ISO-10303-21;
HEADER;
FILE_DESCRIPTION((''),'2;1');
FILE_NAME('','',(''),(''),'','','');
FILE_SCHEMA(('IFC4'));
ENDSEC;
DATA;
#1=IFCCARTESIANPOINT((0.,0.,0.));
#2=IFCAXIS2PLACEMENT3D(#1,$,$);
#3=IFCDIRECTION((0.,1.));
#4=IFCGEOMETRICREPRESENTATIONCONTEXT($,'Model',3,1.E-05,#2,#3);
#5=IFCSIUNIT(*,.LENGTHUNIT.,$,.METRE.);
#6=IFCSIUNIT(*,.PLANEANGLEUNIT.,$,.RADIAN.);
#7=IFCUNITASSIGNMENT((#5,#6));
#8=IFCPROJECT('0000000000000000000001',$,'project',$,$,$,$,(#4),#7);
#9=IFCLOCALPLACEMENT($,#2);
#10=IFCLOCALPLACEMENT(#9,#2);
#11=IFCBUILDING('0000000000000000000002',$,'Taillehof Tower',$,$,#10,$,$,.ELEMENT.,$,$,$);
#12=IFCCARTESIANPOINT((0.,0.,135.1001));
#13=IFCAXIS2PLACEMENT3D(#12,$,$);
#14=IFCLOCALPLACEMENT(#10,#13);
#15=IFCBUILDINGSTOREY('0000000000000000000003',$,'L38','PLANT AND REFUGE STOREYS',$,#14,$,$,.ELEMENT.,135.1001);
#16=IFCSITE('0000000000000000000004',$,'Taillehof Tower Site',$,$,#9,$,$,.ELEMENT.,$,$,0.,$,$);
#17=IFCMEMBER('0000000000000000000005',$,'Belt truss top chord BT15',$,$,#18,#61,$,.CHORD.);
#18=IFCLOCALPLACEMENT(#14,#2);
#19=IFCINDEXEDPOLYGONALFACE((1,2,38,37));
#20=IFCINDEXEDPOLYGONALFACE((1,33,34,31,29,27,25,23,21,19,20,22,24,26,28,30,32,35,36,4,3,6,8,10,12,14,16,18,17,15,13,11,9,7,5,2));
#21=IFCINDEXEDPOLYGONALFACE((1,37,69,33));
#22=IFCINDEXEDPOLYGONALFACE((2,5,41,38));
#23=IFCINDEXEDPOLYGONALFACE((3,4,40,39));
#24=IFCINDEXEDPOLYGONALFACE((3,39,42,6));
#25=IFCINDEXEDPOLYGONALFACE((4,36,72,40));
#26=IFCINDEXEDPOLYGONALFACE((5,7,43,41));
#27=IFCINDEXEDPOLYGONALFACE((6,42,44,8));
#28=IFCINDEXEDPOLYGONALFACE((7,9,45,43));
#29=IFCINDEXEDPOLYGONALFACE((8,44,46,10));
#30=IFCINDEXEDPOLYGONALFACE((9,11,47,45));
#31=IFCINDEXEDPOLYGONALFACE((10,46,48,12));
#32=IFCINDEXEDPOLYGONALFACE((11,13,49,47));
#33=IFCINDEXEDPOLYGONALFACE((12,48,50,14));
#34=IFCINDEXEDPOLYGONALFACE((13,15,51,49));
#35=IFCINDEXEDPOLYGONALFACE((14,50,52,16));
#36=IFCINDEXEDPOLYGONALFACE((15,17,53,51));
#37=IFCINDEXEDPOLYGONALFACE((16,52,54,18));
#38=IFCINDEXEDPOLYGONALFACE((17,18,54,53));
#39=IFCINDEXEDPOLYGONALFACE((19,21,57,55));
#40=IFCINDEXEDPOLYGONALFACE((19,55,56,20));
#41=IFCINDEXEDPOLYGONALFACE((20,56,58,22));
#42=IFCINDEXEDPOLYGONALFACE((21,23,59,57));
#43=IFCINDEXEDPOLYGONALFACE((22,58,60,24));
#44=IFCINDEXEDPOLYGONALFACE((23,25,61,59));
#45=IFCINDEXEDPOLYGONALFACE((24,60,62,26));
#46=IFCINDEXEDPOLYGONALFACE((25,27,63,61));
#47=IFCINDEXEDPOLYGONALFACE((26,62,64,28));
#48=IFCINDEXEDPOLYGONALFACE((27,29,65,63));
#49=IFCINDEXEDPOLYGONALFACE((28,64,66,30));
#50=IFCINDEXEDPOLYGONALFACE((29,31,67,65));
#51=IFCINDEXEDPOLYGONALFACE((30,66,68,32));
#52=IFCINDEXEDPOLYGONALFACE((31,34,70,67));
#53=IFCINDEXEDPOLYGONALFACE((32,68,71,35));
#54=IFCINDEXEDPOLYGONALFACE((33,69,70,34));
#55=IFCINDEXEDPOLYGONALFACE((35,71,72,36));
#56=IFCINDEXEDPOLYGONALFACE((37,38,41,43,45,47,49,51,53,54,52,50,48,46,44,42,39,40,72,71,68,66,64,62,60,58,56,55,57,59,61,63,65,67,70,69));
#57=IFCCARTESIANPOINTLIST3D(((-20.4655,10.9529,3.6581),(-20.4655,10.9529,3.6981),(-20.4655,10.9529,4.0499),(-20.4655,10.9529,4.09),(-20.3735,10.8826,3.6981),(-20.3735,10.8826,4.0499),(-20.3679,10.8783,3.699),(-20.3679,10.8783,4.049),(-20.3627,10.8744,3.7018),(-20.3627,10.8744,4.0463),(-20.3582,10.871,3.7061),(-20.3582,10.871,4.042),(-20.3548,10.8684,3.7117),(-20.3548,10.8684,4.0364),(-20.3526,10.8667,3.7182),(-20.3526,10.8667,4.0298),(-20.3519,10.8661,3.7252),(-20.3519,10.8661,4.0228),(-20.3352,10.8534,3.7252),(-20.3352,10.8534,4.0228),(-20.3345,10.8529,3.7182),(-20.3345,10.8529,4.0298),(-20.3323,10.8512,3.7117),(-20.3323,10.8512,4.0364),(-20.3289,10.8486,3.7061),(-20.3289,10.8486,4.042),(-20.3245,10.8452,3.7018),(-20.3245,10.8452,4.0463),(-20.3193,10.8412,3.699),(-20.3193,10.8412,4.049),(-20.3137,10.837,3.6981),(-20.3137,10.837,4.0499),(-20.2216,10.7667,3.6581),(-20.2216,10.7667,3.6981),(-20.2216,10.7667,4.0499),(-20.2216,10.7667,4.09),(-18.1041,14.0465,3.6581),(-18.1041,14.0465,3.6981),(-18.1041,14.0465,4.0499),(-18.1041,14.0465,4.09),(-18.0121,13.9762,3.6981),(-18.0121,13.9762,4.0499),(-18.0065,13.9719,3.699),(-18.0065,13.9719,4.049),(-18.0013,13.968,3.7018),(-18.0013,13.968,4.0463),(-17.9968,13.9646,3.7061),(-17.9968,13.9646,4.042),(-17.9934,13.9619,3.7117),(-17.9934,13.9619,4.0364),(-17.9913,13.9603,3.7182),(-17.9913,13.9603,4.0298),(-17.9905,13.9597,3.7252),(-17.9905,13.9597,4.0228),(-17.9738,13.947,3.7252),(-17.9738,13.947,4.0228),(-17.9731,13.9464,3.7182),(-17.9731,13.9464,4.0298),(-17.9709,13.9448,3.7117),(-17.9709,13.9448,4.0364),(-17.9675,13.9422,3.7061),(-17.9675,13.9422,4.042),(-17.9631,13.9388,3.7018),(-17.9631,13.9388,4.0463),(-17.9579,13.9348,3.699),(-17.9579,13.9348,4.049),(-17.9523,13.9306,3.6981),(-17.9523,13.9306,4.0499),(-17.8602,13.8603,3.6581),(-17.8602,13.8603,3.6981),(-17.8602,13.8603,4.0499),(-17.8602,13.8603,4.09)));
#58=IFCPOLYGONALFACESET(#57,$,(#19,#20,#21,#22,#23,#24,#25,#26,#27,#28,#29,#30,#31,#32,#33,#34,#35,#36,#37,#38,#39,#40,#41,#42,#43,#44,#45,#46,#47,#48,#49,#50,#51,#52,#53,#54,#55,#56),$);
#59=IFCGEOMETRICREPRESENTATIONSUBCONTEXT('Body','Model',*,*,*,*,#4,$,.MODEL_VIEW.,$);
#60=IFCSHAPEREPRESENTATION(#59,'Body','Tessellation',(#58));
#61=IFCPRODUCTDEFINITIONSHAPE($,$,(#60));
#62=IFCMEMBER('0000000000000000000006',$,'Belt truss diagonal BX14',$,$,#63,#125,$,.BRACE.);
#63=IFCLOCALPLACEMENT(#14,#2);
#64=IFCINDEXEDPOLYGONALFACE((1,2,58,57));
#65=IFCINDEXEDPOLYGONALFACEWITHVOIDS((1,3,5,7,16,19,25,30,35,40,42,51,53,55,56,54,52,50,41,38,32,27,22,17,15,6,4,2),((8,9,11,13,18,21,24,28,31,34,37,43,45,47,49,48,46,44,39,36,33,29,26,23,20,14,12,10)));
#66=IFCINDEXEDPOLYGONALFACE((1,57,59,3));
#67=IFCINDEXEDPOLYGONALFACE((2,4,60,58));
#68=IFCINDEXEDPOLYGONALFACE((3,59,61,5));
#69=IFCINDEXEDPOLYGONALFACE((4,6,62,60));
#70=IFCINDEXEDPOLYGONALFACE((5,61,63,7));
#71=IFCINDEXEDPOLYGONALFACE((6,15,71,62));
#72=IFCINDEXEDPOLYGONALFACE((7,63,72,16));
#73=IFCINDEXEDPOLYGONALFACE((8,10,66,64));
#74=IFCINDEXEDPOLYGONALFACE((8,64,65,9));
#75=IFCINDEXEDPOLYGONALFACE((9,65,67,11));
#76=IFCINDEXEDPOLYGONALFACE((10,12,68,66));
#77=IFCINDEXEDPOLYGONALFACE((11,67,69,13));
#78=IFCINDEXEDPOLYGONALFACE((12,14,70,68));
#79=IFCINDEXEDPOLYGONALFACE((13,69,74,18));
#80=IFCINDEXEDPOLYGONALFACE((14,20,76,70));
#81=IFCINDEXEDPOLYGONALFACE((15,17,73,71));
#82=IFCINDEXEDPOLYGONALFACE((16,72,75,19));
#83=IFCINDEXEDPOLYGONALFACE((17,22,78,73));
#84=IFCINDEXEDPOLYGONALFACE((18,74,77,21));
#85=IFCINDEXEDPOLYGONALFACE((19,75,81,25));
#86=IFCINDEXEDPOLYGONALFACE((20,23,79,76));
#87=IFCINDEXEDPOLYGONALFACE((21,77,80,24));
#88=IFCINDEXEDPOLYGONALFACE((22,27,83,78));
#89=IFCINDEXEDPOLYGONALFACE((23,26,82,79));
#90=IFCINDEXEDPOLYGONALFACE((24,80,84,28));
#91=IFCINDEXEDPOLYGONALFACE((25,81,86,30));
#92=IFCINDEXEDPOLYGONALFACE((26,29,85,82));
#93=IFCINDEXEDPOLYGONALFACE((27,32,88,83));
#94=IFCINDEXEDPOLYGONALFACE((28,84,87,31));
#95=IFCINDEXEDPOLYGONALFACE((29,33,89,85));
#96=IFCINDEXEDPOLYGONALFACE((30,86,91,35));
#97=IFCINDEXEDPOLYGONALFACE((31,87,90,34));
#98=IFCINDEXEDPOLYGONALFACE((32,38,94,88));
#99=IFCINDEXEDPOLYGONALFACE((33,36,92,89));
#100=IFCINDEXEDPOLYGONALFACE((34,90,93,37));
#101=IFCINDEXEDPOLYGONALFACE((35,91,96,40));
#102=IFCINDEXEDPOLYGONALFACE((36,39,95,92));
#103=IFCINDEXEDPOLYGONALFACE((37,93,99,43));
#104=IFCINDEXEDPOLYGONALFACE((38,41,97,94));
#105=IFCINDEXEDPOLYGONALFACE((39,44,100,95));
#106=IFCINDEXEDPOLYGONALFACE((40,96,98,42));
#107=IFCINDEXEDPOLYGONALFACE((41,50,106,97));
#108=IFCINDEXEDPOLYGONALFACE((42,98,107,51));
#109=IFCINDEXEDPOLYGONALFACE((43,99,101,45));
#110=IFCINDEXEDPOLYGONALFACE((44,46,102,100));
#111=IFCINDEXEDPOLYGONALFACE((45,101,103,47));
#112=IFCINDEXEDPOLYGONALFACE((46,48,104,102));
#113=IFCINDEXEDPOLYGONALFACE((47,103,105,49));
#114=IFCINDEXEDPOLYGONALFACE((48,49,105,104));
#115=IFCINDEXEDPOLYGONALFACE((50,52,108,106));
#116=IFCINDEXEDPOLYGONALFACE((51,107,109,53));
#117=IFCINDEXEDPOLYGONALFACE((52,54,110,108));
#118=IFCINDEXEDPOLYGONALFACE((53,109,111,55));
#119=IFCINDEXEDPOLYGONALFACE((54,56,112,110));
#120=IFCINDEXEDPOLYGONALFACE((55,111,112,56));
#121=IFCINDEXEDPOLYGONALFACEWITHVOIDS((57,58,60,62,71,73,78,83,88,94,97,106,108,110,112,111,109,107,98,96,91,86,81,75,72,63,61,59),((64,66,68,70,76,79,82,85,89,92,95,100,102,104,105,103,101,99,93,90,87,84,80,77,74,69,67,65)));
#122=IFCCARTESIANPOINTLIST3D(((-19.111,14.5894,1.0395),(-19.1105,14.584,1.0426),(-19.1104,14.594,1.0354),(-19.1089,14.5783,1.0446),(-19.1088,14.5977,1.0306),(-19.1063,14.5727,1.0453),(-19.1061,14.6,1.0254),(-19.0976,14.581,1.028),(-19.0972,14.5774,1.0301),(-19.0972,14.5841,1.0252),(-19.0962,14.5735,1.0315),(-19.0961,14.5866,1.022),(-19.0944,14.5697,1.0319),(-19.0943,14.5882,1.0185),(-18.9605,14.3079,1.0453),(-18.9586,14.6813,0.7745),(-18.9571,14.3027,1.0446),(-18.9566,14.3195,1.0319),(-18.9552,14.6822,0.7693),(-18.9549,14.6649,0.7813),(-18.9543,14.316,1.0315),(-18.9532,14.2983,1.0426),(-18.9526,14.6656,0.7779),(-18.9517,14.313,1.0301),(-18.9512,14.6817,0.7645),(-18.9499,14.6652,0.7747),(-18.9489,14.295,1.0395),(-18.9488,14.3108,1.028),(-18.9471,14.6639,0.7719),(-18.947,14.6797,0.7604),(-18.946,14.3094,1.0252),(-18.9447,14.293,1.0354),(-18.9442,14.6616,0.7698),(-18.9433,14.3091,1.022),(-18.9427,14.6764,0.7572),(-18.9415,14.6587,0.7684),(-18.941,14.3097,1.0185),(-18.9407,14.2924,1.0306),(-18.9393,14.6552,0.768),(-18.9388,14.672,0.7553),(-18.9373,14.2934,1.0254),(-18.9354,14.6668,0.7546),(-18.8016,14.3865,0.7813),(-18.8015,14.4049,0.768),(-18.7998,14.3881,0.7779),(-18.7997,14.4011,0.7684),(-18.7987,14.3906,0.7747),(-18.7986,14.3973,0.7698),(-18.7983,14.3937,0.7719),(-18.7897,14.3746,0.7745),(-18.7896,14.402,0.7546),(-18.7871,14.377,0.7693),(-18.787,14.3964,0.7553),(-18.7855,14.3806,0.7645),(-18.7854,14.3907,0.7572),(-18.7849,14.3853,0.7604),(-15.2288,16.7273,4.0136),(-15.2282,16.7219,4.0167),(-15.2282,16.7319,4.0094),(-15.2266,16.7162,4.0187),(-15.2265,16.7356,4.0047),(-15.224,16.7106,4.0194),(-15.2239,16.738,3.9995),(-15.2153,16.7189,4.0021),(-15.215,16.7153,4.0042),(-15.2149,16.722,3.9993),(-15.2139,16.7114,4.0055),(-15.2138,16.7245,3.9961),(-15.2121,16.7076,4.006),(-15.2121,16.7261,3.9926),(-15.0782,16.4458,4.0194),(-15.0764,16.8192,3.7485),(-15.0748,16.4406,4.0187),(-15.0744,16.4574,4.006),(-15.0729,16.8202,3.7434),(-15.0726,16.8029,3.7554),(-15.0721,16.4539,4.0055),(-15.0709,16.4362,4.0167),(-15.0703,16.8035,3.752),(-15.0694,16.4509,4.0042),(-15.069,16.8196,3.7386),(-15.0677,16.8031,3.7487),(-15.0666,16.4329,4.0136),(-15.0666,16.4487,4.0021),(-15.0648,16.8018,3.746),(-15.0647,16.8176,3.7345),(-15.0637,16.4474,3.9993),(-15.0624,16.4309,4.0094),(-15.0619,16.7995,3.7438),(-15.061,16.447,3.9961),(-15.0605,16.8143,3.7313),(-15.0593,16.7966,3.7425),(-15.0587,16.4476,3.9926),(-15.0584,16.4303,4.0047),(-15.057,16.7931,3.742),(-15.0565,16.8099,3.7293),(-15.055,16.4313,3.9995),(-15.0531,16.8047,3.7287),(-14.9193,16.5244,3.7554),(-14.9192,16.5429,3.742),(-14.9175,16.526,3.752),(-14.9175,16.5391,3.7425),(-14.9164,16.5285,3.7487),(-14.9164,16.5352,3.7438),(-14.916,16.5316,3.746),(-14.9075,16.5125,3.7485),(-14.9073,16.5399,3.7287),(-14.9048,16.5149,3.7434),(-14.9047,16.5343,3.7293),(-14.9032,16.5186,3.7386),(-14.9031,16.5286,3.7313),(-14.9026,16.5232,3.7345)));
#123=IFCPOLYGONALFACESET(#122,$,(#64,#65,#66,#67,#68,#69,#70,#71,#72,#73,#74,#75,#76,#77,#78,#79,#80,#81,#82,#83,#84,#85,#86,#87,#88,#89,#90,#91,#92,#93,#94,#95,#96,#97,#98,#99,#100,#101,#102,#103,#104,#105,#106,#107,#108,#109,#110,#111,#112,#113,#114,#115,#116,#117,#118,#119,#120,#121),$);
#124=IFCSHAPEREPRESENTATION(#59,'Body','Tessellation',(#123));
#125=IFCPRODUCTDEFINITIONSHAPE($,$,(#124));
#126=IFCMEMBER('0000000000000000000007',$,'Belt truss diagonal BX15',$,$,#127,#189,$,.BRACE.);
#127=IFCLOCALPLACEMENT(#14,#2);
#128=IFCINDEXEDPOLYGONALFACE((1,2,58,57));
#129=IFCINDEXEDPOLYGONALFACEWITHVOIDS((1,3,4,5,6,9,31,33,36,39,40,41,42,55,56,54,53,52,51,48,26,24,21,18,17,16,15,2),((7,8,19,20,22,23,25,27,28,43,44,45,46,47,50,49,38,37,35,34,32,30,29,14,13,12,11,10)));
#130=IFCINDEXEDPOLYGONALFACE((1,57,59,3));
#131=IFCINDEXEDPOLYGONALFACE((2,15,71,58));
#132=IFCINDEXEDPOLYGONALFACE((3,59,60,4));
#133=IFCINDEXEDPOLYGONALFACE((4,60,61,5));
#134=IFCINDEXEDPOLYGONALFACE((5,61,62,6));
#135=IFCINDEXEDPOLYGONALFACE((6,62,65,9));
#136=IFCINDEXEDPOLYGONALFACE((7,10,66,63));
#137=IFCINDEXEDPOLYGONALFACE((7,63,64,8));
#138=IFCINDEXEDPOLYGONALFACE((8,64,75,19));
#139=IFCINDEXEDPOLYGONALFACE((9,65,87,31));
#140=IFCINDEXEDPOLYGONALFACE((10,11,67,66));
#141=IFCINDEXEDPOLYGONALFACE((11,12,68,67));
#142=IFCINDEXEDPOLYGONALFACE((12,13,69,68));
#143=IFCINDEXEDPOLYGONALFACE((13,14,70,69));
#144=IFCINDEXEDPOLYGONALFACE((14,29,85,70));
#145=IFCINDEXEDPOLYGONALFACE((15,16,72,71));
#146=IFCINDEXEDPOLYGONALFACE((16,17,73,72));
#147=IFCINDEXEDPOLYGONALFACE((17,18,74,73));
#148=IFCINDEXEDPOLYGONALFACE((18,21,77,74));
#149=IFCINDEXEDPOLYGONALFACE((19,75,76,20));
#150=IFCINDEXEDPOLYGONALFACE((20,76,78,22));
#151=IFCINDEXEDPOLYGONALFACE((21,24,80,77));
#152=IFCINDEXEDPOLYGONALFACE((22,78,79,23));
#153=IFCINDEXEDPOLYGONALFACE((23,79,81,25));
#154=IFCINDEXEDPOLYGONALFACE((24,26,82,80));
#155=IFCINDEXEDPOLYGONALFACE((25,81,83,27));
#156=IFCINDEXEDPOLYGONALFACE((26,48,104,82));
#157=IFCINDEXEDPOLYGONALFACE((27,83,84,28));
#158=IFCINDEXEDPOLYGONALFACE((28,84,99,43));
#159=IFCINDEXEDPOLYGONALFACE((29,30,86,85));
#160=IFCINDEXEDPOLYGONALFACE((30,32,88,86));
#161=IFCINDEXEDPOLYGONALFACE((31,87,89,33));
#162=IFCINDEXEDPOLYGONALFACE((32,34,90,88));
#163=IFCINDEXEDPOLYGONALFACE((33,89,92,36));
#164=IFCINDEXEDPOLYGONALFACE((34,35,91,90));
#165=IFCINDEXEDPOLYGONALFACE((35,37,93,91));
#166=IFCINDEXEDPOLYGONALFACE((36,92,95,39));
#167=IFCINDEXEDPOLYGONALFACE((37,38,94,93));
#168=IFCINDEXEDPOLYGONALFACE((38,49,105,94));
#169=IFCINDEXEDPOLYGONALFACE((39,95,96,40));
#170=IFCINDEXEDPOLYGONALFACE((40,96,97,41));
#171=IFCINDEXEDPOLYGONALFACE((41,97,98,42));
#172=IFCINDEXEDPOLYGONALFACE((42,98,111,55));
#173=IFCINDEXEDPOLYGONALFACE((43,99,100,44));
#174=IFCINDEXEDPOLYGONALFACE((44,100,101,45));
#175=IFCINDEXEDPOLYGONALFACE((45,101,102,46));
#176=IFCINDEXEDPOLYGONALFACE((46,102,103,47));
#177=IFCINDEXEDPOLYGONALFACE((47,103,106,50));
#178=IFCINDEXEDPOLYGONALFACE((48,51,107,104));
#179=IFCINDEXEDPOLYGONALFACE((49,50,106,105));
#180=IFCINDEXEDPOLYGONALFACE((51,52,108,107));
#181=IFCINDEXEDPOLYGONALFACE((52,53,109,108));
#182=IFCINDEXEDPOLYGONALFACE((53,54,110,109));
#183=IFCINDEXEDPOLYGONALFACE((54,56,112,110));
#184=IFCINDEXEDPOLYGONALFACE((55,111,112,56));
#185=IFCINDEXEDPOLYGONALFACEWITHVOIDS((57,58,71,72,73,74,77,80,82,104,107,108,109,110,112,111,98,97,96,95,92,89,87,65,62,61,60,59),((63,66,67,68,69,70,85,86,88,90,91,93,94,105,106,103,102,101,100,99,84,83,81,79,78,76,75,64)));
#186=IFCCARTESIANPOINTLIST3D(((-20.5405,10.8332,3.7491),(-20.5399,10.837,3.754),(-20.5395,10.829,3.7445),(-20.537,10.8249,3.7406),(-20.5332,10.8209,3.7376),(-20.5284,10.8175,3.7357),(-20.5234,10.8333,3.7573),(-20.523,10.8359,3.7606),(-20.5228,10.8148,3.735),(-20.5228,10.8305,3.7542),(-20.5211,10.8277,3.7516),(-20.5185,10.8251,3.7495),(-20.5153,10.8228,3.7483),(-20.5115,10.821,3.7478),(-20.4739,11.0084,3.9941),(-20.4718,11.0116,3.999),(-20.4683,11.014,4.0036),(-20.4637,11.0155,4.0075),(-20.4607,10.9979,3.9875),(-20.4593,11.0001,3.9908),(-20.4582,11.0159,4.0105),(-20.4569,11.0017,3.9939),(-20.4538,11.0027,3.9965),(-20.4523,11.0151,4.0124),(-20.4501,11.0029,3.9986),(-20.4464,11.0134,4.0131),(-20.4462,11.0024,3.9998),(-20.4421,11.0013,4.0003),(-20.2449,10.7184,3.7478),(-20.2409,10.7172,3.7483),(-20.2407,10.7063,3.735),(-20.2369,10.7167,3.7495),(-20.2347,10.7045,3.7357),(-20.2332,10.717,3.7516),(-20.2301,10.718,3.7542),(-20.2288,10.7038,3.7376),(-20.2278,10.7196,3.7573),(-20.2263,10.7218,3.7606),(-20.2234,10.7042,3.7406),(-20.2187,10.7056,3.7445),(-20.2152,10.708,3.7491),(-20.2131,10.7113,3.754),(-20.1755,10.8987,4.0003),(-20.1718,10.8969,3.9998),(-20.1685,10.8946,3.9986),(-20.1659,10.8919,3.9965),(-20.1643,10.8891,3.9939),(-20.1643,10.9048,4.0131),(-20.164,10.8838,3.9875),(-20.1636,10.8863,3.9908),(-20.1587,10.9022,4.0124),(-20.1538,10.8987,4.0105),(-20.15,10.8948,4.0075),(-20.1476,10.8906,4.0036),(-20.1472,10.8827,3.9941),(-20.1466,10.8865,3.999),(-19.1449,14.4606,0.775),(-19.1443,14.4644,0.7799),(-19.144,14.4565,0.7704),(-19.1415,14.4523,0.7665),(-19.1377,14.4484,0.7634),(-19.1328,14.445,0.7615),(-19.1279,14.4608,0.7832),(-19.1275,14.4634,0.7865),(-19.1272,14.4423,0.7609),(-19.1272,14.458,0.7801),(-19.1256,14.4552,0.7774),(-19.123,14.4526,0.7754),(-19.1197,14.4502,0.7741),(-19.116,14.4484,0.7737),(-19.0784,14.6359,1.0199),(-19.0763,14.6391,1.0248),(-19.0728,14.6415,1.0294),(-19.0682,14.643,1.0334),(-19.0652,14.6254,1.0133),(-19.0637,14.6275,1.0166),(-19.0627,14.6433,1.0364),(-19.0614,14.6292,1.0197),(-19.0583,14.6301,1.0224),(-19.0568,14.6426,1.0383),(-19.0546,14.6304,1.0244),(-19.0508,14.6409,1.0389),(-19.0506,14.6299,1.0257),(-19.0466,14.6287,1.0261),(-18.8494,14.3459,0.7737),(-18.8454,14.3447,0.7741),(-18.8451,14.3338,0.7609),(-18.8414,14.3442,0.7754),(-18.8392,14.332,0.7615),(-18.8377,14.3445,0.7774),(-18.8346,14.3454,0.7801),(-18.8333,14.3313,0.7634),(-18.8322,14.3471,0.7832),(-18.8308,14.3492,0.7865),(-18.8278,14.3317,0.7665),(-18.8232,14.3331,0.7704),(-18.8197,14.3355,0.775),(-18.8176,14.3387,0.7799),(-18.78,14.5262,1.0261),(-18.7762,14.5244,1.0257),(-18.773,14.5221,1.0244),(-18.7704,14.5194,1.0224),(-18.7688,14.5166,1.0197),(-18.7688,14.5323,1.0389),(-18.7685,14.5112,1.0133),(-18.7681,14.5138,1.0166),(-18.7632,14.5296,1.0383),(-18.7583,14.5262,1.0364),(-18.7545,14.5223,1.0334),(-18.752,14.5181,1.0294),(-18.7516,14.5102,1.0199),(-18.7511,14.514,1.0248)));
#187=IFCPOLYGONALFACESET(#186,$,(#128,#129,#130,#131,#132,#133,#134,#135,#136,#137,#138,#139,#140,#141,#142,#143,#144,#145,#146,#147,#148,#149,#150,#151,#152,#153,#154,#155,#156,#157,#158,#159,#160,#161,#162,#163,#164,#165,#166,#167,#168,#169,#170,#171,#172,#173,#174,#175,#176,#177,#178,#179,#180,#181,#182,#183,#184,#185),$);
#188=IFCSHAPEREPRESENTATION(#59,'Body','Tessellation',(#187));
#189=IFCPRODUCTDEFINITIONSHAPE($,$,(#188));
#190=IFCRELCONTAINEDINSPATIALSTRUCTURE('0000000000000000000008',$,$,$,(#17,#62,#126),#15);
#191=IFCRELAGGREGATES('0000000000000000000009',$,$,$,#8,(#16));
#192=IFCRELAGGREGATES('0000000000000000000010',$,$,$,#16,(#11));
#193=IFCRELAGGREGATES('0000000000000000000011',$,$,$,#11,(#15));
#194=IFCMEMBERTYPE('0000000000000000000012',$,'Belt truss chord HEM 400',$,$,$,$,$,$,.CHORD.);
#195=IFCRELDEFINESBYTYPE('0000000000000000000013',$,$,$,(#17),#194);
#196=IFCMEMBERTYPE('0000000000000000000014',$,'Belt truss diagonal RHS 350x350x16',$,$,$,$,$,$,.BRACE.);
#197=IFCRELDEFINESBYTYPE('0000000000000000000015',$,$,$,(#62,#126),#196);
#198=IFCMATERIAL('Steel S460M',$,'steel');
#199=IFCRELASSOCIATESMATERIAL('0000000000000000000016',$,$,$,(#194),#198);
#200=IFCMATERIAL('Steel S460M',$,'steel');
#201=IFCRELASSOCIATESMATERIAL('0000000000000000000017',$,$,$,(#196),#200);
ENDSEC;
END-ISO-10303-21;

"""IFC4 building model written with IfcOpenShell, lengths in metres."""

from ifc_helpers import new_model, si_unit, direction, frame, origin, origin_2d, place, context, subcontext, project, spatial, hollow_rectangle, i_section, extrude, material, material_profile, profile_set, type_object, element, save


model = new_model("IFC4")

# Units and contexts
model_context = context("Model", 3, precision=1e-05, world=origin(), true_north=direction((0.0, 1.0)))
body_context = subcontext(model_context, "Body", "Model", "MODEL_VIEW")
ifc_project = project(units=[si_unit("LENGTHUNIT", "METRE"), si_unit("PLANEANGLEUNIT", "RADIAN")], contexts=[model_context])

# Site, building, storey
site_placement = place(None, origin())
site = spatial("IfcSite", under=ifc_project, at=site_placement, Name="Taillehof Tower Site", CompositionType="ELEMENT", RefElevation=0.0)
building_placement = place(site_placement, origin())
building = spatial("IfcBuilding", under=site, at=building_placement, Name="Taillehof Tower", CompositionType="ELEMENT")
storey_placement = place(building_placement, frame((0.0, 0.0, 135.1001)))
storey = spatial("IfcBuildingStorey", under=building, at=storey_placement, Name="L38", Description="PLANT AND REFUGE STOREYS", CompositionType="ELEMENT", Elevation=135.1001)

# Members
ifc_material_1 = material(Name="Steel S460M", Category="steel")
ifc_material_profile_1 = material_profile(ifc_material_1, i_section(OverallWidth=0.3069, OverallDepth=0.4319, WebThickness=0.021, FlangeThickness=0.04, FilletRadius=0.0271, at=origin_2d()), Name="HEM 400")
ifc_profile_set_1 = profile_set([ifc_material_profile_1], Name="Steel S460M")
member_type_1 = type_object("IfcMemberType", Name="Belt truss chord HEM 400", PredefinedType="CHORD", material=ifc_profile_set_1)
member_1_placement = place(storey_placement, frame((-17.9822, 13.9534, 3.874), z_axis=(-0.606754, -0.79489, 0.0), x_axis=(0.79489, -0.606754, 0.0)))
element("IfcMember", 1, at=member_1_placement, inside=storey, type_object=member_type_1, Name="Belt truss top chord BT15", PredefinedType="CHORD", context=body_context, shape_type="SweptSolid", body=[
    extrude(i_section(OverallWidth=0.3069, OverallDepth=0.4319, WebThickness=0.021, FlangeThickness=0.04, FilletRadius=0.0271, at=origin_2d()), origin(), (0.0, 0.0, 1.0), 3.8918),
])
ifc_material_2 = material(Name="Steel S460M", Category="steel")
ifc_material_profile_2 = material_profile(ifc_material_2, hollow_rectangle(XDim=0.3501, YDim=0.3501, WallThickness=0.0161, InnerFilletRadius=0.0161, OuterFilletRadius=0.0239, at=origin_2d()), Name="RHS 350x350x16")
ifc_profile_set_2 = profile_set([ifc_material_profile_2], Name="Steel S460M")
member_type_2 = type_object("IfcMemberType", Name="Belt truss diagonal RHS 350x350x16", PredefinedType="BRACE", material=ifc_profile_set_2)
member_2_placement = place(storey_placement, frame((-15.0657, 16.6252, 3.874), z_axis=(-0.727371, -0.400553, -0.557215), x_axis=(0.48238, -0.875962, 0.0)))
element("IfcMember", 2, at=member_2_placement, inside=storey, type_object=member_type_2, Name="Belt truss diagonal BX14", PredefinedType="BRACE", context=body_context, shape_type="SweptSolid", body=[
    extrude(hollow_rectangle(XDim=0.3501, YDim=0.3501, WallThickness=0.0161, InnerFilletRadius=0.0161, OuterFilletRadius=0.0239, at=origin_2d()), origin(), (0.0, 0.0, 1.0), 5.3374),
])
member_3_placement = place(storey_placement, frame((-18.948, 14.4873, 0.8999), z_axis=(-0.285147, -0.741203, 0.607708), x_axis=(0.933316, -0.359055, 0.0)))
element("IfcMember", 3, at=member_3_placement, inside=storey, type_object=member_type_2, Name="Belt truss diagonal BX15", PredefinedType="BRACE", context=body_context, shape_type="SweptSolid", body=[
    extrude(hollow_rectangle(XDim=0.3501, YDim=0.3501, WallThickness=0.0161, InnerFilletRadius=0.0161, OuterFilletRadius=0.0239, at=origin_2d()), origin(), (0.0, 0.0, 1.0), 4.894),
])

save(model, "model.ifc")
